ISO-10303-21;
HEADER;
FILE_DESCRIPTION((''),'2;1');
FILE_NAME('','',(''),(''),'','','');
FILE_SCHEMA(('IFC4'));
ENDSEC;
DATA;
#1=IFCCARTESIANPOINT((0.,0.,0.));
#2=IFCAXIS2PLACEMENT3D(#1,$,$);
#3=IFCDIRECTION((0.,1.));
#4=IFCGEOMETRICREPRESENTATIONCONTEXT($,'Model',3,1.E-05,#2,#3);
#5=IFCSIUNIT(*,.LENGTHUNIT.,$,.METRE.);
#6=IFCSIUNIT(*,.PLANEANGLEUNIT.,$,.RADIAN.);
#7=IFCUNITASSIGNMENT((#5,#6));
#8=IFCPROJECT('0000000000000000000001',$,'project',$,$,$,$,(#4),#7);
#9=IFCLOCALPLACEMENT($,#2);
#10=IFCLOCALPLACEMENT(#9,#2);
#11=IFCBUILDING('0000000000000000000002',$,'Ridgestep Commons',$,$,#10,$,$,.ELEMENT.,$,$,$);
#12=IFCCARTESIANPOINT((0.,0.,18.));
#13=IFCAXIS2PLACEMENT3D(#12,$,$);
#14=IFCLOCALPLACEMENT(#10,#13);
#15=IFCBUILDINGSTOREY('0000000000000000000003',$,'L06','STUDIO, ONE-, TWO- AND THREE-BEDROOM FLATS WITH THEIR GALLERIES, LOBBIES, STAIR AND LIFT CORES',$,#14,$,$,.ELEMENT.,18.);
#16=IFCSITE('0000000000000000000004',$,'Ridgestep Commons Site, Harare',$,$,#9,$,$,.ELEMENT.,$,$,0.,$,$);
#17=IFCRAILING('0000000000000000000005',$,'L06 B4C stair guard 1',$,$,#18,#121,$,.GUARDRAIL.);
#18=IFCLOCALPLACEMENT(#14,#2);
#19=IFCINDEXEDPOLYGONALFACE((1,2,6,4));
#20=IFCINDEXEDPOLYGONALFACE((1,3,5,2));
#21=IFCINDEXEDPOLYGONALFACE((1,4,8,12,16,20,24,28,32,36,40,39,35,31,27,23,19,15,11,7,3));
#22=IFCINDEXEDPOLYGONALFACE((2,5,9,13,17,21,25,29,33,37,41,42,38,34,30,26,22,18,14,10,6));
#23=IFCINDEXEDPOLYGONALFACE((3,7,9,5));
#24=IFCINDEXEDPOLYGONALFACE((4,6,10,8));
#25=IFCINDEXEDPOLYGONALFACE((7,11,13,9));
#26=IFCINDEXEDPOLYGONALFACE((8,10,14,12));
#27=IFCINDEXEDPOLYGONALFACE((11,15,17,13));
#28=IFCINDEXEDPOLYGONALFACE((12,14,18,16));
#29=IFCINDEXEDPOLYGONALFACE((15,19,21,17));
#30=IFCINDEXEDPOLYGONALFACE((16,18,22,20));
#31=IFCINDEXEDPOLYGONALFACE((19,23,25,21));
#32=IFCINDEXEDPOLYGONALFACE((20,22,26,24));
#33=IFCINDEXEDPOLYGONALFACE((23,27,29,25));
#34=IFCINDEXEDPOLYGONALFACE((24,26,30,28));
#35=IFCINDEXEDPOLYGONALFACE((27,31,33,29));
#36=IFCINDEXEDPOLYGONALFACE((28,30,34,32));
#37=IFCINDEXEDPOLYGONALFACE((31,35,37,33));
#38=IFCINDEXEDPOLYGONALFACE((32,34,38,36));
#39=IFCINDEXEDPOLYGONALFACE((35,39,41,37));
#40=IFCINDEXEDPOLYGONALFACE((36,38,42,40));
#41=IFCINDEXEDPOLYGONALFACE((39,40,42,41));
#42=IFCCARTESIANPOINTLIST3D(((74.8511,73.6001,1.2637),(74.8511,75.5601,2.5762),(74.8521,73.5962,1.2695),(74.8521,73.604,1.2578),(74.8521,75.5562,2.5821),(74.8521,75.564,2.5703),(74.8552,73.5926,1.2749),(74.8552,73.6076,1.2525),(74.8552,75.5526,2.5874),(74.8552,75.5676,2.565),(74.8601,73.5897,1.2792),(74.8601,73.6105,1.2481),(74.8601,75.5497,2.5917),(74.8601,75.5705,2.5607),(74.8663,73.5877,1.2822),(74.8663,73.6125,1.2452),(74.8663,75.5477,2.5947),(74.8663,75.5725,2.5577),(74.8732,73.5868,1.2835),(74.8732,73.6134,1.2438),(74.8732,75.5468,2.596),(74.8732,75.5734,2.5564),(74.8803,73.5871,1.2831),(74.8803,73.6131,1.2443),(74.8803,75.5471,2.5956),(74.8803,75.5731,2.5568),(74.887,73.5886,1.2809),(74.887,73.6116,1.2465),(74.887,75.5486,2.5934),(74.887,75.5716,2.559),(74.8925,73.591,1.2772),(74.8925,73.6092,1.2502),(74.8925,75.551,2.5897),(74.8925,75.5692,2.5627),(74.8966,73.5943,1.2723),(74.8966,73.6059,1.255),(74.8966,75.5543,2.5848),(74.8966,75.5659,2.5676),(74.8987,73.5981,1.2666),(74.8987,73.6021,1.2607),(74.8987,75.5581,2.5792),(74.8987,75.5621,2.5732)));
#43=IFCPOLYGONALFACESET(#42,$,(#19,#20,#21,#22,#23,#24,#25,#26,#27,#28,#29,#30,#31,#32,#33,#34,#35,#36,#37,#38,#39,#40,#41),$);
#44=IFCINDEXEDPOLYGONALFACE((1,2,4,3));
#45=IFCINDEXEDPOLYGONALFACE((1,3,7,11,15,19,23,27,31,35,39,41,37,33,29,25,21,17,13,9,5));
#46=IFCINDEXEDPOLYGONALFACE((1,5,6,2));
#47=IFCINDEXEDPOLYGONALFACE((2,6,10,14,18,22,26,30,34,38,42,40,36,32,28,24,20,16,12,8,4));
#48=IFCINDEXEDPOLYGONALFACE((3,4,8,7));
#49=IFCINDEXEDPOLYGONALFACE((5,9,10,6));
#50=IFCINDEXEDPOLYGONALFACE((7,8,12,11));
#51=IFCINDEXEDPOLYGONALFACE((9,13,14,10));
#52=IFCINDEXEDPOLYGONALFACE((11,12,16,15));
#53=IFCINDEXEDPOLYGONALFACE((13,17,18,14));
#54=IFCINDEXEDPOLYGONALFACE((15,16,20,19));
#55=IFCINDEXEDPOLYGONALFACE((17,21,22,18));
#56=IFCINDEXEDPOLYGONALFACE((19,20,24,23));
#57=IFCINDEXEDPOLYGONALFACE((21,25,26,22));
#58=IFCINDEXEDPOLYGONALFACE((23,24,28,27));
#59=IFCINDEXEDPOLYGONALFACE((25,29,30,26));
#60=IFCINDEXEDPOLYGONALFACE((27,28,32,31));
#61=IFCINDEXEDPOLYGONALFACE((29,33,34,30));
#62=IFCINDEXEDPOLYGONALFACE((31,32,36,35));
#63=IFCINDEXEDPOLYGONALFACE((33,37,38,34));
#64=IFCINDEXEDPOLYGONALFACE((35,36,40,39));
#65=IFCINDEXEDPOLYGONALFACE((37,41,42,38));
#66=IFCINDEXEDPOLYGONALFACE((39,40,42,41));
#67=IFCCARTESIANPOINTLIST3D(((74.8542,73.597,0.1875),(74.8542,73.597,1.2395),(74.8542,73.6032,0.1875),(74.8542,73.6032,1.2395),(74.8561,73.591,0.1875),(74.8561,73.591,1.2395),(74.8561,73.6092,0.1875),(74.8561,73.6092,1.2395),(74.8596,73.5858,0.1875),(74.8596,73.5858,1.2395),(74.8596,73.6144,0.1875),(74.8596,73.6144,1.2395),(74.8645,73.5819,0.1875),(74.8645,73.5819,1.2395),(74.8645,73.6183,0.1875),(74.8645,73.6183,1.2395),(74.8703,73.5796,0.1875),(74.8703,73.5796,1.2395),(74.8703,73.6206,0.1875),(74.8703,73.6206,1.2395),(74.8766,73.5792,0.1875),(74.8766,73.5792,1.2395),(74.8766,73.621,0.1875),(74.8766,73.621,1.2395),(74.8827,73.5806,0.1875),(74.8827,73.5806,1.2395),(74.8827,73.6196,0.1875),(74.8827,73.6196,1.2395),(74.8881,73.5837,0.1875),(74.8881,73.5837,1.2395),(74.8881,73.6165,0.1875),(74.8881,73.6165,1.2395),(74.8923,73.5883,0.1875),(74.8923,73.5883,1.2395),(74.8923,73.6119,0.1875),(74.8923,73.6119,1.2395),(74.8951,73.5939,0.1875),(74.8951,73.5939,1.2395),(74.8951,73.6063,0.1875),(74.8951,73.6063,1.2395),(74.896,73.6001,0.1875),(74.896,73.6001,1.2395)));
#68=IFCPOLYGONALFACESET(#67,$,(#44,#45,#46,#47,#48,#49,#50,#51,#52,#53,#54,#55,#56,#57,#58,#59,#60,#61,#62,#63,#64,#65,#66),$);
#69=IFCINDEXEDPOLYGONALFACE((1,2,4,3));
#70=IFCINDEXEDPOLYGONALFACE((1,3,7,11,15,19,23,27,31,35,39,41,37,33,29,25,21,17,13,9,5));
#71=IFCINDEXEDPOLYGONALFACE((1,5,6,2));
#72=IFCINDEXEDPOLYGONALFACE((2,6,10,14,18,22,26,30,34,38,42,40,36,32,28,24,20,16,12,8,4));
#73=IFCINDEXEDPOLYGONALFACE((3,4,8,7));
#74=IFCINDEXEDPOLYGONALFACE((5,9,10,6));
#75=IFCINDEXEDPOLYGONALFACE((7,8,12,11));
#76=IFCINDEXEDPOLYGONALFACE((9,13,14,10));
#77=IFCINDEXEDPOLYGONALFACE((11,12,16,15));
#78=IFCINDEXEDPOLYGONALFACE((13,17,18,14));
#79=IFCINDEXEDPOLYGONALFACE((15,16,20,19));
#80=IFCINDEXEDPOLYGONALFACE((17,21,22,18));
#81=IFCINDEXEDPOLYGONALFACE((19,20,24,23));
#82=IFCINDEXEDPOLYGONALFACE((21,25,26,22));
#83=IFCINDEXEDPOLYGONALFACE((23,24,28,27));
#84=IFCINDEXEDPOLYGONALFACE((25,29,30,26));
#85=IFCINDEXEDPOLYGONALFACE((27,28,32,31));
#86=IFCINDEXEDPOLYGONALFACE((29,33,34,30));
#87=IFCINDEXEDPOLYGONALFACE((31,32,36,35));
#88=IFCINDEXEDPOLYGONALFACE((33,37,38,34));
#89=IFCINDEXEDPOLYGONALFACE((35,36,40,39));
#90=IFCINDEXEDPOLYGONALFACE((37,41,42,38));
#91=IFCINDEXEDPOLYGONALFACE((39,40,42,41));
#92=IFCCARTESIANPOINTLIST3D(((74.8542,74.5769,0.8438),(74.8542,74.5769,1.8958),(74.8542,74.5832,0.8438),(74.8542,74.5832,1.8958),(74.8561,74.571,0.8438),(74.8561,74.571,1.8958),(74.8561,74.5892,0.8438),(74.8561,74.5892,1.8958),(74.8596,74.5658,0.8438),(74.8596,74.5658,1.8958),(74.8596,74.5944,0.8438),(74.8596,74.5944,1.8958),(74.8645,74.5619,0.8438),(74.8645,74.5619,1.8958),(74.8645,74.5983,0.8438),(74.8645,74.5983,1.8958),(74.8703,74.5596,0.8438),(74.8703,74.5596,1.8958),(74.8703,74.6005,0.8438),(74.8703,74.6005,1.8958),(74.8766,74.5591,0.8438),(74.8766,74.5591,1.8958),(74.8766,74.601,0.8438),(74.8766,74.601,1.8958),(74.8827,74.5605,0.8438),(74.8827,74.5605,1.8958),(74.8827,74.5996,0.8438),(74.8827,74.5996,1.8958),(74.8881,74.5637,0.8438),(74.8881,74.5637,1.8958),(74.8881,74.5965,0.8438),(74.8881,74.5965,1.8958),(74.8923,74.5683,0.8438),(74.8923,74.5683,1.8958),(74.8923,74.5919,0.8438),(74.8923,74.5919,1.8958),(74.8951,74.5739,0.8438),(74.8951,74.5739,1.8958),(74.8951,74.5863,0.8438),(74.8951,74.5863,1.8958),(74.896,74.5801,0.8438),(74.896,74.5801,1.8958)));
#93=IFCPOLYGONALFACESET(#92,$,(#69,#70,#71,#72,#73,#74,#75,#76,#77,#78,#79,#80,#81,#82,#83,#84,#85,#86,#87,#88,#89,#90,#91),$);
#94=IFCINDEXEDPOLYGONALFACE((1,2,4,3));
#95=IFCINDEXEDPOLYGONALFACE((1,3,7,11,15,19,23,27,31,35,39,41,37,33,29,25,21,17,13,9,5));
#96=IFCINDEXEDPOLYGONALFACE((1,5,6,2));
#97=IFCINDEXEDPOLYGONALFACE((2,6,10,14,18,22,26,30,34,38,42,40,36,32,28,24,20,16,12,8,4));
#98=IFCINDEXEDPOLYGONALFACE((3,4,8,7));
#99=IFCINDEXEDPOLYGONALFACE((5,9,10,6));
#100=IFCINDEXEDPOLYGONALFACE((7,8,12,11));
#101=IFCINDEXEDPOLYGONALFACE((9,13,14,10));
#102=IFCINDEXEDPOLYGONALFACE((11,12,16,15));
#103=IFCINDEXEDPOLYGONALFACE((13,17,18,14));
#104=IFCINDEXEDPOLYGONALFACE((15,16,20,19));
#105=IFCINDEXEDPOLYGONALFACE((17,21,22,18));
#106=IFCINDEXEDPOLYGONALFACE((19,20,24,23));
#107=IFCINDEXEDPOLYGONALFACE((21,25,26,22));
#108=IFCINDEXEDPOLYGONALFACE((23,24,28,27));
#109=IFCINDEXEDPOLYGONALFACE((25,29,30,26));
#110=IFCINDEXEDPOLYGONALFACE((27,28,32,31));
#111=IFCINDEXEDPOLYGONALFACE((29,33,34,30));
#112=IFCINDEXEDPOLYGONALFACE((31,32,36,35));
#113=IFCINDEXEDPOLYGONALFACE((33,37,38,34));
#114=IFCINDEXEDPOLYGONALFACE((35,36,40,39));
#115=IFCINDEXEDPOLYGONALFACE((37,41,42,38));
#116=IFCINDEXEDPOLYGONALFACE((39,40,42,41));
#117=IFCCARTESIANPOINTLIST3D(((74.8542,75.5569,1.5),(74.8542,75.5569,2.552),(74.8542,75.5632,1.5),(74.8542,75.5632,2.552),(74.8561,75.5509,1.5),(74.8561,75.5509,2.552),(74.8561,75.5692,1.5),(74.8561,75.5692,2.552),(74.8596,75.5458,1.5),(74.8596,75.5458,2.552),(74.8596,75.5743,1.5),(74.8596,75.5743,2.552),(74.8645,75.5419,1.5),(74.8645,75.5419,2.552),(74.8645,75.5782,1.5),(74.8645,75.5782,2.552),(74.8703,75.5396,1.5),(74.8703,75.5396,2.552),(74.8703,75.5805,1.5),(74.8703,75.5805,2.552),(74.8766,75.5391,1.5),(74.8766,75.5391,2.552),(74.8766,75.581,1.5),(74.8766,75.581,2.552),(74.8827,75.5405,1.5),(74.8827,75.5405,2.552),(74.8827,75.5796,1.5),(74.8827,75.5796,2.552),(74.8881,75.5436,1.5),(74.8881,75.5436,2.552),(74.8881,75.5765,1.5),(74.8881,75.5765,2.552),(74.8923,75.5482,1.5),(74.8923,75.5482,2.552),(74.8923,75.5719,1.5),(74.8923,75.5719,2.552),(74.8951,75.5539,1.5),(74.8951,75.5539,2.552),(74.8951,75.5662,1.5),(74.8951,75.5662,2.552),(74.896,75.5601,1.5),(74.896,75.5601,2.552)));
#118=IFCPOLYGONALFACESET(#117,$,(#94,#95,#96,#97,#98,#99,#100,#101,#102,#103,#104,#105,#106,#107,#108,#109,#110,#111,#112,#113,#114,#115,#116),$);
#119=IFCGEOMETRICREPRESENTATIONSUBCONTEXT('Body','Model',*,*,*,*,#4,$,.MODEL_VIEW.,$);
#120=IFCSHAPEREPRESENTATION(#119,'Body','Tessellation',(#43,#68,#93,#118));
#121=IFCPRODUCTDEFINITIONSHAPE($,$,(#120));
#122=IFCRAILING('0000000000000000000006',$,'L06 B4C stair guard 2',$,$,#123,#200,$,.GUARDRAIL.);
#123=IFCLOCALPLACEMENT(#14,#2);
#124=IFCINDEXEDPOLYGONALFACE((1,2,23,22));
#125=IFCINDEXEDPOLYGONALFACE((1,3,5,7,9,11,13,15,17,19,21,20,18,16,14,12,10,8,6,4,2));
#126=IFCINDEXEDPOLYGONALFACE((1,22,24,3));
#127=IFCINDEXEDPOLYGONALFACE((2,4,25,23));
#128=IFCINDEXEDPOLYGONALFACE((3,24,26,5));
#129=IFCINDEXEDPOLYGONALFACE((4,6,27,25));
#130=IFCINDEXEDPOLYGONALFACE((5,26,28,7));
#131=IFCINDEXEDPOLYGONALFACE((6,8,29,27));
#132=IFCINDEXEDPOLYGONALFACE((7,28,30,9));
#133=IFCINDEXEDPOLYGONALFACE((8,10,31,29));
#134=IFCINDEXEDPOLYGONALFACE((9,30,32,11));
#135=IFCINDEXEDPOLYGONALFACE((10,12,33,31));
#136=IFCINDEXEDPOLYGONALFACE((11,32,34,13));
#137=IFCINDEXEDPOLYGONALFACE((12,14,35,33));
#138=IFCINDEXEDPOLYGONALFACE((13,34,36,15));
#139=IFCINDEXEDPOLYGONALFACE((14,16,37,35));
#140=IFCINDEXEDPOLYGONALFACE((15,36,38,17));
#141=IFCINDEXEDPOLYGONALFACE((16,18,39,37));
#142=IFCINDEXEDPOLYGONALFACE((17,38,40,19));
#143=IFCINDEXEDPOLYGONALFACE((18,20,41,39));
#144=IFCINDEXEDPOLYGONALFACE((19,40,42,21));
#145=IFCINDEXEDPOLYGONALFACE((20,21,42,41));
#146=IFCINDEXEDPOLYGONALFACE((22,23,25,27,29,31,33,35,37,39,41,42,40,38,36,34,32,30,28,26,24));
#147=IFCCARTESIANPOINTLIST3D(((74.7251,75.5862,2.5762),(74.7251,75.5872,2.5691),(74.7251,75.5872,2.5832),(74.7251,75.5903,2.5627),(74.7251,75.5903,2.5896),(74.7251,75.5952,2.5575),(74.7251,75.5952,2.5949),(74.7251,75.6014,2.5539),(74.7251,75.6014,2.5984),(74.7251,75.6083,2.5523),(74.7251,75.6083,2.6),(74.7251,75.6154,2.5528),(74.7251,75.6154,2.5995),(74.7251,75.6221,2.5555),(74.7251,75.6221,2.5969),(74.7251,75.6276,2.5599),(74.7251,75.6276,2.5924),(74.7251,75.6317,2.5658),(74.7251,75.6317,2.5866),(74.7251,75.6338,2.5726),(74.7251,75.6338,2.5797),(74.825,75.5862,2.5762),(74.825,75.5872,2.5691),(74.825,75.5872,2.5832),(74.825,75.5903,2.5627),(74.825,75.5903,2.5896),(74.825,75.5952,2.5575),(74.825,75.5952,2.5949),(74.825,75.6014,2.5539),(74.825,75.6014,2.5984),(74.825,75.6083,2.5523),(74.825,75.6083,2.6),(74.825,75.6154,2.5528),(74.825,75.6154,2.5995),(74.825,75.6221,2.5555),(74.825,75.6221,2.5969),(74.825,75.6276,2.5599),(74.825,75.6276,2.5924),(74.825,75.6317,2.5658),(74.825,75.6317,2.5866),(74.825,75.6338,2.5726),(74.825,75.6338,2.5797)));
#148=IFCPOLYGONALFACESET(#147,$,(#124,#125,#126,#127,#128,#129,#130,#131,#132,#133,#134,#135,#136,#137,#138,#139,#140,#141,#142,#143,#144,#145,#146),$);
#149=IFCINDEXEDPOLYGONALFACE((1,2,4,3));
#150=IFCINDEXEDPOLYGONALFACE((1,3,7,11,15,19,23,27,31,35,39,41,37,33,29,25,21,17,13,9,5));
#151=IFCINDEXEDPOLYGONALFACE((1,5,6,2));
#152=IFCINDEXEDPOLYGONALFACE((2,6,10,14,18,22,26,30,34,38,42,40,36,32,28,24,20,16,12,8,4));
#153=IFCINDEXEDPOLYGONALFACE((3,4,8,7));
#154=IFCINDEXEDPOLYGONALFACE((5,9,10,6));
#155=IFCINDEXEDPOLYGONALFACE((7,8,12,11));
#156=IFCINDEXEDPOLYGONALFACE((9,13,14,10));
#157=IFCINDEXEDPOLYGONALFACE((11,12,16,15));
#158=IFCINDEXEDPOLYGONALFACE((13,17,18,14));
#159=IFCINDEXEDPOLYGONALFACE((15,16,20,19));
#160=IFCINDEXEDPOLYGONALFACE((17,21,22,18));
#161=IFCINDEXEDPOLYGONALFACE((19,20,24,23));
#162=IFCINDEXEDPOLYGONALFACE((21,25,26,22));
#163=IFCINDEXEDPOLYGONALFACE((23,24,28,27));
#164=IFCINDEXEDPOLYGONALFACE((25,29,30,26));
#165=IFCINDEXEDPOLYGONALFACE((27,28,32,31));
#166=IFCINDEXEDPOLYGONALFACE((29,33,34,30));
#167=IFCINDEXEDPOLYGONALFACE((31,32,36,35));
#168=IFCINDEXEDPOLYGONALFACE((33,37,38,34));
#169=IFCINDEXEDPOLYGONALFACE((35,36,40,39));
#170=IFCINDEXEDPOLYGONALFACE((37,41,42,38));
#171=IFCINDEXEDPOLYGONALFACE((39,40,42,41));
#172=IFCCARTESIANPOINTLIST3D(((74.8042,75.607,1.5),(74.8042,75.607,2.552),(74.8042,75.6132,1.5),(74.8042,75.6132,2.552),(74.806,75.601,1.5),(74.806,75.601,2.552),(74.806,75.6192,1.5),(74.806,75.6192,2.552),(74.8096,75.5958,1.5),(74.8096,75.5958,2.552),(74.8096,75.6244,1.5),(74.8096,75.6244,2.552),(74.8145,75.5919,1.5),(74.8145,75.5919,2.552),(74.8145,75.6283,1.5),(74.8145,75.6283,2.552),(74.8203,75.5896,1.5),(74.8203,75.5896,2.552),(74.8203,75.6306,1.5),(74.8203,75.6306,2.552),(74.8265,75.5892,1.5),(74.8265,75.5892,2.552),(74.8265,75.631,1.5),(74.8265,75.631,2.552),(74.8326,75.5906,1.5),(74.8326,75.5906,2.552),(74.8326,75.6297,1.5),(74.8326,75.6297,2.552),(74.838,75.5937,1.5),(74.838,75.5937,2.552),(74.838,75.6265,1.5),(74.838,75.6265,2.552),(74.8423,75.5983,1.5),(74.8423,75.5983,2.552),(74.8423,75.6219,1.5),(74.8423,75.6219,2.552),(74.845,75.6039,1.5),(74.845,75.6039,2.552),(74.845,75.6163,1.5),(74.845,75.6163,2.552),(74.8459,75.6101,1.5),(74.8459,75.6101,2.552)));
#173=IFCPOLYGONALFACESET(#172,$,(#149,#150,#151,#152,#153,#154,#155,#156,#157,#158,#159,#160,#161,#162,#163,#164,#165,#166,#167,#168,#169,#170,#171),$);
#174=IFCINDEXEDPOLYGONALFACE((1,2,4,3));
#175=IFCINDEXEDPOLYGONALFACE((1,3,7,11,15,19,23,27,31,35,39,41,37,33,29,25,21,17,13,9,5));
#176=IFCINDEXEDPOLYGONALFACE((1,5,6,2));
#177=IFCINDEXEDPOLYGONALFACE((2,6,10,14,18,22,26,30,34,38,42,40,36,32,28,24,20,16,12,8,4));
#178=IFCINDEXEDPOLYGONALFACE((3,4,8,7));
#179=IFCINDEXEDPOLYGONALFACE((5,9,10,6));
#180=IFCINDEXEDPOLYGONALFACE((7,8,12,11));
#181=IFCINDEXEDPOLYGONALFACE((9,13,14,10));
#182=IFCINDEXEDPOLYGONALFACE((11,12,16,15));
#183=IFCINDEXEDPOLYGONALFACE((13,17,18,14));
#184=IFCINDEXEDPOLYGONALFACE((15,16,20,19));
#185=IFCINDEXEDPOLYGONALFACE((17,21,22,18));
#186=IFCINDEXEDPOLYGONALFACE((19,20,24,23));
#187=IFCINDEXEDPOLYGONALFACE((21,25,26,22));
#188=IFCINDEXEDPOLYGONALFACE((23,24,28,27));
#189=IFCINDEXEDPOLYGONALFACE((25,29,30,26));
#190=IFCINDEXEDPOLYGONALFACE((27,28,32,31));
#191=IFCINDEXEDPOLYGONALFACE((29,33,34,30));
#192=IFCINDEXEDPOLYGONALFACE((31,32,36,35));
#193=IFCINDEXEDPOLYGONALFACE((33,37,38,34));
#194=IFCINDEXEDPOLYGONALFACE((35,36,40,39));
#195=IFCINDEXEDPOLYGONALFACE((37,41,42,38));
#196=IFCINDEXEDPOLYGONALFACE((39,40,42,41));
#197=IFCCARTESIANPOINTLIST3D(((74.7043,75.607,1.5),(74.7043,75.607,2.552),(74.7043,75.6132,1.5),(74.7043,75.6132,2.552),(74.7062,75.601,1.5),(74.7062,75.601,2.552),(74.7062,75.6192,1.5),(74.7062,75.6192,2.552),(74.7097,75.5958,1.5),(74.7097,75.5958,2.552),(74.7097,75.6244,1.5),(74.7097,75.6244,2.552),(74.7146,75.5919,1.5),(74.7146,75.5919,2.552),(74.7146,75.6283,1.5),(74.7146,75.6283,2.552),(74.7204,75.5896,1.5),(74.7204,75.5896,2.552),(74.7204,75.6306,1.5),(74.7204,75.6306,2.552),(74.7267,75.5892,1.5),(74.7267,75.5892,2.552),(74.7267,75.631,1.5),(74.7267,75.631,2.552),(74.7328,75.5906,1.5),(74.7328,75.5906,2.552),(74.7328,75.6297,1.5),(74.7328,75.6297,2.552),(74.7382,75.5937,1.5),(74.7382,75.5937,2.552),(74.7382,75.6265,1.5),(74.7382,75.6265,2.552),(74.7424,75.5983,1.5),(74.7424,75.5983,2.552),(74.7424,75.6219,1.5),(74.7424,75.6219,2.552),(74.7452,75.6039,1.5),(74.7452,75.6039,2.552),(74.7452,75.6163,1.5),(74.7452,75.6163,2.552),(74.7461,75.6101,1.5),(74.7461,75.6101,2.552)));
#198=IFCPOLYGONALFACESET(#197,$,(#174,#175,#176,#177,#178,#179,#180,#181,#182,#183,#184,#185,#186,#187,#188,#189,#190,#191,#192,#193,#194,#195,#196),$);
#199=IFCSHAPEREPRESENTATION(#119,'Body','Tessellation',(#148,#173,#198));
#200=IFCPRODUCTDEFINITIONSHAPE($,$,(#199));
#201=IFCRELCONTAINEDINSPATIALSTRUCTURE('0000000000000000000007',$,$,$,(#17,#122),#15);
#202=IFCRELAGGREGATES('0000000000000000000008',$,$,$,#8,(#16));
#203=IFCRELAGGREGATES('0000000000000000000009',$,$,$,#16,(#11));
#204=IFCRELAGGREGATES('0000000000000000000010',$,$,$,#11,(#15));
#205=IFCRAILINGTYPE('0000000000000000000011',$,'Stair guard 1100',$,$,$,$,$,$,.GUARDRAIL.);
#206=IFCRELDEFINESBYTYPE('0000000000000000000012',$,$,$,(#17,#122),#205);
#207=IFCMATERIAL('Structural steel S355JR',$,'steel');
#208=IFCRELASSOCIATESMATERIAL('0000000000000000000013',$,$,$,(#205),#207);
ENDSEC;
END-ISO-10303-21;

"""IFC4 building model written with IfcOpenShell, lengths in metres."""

from ifc_helpers import new_model, si_unit, direction, frame, origin, origin_2d, place, context, subcontext, project, spatial, circle, extrude, material, type_object, element, save


model = new_model("IFC4")

# Units and contexts
model_context = context("Model", 3, precision=1e-05, world=origin(), true_north=direction((0.0, 1.0)))
body_context = subcontext(model_context, "Body", "Model", "MODEL_VIEW")
ifc_project = project(units=[si_unit("LENGTHUNIT", "METRE"), si_unit("PLANEANGLEUNIT", "RADIAN")], contexts=[model_context])

# Site, building, storey
site_placement = place(None, origin())
site = spatial("IfcSite", under=ifc_project, at=site_placement, Name="Ridgestep Commons Site, Harare", CompositionType="ELEMENT", RefElevation=0.0)
building_placement = place(site_placement, origin())
building = spatial("IfcBuilding", under=site, at=building_placement, Name="Ridgestep Commons", CompositionType="ELEMENT")
storey_placement = place(building_placement, frame((0.0, 0.0, 18.0)))
storey = spatial("IfcBuildingStorey", under=building, at=storey_placement, Name="L06", Description="STUDIO, ONE-, TWO- AND THREE-BEDROOM FLATS WITH THEIR GALLERIES, LOBBIES, STAIR AND LIFT CORES", CompositionType="ELEMENT", Elevation=18.0)

# Railings
ifc_material_1 = material(Name="Structural steel S355JR", Category="steel")
railing_type_1 = type_object("IfcRailingType", Name="Stair guard 1100", PredefinedType="GUARDRAIL", material=ifc_material_1)
railing_1_placement = place(storey_placement, frame((74.875, 73.6001, 0.1875)))
element("IfcRailing", 1, at=railing_1_placement, inside=storey, type_object=railing_type_1, Name="L06 B4C stair guard 1", PredefinedType="GUARDRAIL", context=body_context, shape_type="SweptSolid", body=[
    extrude(circle(Radius=0.0239, at=origin_2d()), frame((0.0, 0.0, 1.0762), z_axis=(0.0, 0.830902, 0.556419), x_axis=(-1.0, 0.0, 0.0)), (0.0, 0.0, 1.0), 2.3589),
    extrude(circle(Radius=0.021, at=origin_2d()), origin(), (0.0, 0.0, 1.0), 1.052),
    extrude(circle(Radius=0.021, at=origin_2d()), frame((0.0, 0.98, 0.6562)), (0.0, 0.0, 1.0), 1.052),
    extrude(circle(Radius=0.021, at=origin_2d()), frame((0.0, 1.96, 1.3125)), (0.0, 0.0, 1.0), 1.052),
])
railing_2_placement = place(storey_placement, frame((74.825, 75.6101, 1.5)))
element("IfcRailing", 2, at=railing_2_placement, inside=storey, type_object=railing_type_1, Name="L06 B4C stair guard 2", PredefinedType="GUARDRAIL", context=body_context, shape_type="SweptSolid", body=[
    extrude(circle(Radius=0.0239, at=origin_2d()), frame((0.0, 0.0, 1.0762), z_axis=(-1.0, 0.0, 0.0), x_axis=(0.0, -1.0, 0.0)), (0.0, 0.0, 1.0), 0.0999),
    extrude(circle(Radius=0.021, at=origin_2d()), origin(), (0.0, 0.0, 1.0), 1.052),
    extrude(circle(Radius=0.021, at=origin_2d()), frame((-0.0999, 0.0, 0.0)), (0.0, 0.0, 1.0), 1.052),
])

save(model, "model.ifc")
